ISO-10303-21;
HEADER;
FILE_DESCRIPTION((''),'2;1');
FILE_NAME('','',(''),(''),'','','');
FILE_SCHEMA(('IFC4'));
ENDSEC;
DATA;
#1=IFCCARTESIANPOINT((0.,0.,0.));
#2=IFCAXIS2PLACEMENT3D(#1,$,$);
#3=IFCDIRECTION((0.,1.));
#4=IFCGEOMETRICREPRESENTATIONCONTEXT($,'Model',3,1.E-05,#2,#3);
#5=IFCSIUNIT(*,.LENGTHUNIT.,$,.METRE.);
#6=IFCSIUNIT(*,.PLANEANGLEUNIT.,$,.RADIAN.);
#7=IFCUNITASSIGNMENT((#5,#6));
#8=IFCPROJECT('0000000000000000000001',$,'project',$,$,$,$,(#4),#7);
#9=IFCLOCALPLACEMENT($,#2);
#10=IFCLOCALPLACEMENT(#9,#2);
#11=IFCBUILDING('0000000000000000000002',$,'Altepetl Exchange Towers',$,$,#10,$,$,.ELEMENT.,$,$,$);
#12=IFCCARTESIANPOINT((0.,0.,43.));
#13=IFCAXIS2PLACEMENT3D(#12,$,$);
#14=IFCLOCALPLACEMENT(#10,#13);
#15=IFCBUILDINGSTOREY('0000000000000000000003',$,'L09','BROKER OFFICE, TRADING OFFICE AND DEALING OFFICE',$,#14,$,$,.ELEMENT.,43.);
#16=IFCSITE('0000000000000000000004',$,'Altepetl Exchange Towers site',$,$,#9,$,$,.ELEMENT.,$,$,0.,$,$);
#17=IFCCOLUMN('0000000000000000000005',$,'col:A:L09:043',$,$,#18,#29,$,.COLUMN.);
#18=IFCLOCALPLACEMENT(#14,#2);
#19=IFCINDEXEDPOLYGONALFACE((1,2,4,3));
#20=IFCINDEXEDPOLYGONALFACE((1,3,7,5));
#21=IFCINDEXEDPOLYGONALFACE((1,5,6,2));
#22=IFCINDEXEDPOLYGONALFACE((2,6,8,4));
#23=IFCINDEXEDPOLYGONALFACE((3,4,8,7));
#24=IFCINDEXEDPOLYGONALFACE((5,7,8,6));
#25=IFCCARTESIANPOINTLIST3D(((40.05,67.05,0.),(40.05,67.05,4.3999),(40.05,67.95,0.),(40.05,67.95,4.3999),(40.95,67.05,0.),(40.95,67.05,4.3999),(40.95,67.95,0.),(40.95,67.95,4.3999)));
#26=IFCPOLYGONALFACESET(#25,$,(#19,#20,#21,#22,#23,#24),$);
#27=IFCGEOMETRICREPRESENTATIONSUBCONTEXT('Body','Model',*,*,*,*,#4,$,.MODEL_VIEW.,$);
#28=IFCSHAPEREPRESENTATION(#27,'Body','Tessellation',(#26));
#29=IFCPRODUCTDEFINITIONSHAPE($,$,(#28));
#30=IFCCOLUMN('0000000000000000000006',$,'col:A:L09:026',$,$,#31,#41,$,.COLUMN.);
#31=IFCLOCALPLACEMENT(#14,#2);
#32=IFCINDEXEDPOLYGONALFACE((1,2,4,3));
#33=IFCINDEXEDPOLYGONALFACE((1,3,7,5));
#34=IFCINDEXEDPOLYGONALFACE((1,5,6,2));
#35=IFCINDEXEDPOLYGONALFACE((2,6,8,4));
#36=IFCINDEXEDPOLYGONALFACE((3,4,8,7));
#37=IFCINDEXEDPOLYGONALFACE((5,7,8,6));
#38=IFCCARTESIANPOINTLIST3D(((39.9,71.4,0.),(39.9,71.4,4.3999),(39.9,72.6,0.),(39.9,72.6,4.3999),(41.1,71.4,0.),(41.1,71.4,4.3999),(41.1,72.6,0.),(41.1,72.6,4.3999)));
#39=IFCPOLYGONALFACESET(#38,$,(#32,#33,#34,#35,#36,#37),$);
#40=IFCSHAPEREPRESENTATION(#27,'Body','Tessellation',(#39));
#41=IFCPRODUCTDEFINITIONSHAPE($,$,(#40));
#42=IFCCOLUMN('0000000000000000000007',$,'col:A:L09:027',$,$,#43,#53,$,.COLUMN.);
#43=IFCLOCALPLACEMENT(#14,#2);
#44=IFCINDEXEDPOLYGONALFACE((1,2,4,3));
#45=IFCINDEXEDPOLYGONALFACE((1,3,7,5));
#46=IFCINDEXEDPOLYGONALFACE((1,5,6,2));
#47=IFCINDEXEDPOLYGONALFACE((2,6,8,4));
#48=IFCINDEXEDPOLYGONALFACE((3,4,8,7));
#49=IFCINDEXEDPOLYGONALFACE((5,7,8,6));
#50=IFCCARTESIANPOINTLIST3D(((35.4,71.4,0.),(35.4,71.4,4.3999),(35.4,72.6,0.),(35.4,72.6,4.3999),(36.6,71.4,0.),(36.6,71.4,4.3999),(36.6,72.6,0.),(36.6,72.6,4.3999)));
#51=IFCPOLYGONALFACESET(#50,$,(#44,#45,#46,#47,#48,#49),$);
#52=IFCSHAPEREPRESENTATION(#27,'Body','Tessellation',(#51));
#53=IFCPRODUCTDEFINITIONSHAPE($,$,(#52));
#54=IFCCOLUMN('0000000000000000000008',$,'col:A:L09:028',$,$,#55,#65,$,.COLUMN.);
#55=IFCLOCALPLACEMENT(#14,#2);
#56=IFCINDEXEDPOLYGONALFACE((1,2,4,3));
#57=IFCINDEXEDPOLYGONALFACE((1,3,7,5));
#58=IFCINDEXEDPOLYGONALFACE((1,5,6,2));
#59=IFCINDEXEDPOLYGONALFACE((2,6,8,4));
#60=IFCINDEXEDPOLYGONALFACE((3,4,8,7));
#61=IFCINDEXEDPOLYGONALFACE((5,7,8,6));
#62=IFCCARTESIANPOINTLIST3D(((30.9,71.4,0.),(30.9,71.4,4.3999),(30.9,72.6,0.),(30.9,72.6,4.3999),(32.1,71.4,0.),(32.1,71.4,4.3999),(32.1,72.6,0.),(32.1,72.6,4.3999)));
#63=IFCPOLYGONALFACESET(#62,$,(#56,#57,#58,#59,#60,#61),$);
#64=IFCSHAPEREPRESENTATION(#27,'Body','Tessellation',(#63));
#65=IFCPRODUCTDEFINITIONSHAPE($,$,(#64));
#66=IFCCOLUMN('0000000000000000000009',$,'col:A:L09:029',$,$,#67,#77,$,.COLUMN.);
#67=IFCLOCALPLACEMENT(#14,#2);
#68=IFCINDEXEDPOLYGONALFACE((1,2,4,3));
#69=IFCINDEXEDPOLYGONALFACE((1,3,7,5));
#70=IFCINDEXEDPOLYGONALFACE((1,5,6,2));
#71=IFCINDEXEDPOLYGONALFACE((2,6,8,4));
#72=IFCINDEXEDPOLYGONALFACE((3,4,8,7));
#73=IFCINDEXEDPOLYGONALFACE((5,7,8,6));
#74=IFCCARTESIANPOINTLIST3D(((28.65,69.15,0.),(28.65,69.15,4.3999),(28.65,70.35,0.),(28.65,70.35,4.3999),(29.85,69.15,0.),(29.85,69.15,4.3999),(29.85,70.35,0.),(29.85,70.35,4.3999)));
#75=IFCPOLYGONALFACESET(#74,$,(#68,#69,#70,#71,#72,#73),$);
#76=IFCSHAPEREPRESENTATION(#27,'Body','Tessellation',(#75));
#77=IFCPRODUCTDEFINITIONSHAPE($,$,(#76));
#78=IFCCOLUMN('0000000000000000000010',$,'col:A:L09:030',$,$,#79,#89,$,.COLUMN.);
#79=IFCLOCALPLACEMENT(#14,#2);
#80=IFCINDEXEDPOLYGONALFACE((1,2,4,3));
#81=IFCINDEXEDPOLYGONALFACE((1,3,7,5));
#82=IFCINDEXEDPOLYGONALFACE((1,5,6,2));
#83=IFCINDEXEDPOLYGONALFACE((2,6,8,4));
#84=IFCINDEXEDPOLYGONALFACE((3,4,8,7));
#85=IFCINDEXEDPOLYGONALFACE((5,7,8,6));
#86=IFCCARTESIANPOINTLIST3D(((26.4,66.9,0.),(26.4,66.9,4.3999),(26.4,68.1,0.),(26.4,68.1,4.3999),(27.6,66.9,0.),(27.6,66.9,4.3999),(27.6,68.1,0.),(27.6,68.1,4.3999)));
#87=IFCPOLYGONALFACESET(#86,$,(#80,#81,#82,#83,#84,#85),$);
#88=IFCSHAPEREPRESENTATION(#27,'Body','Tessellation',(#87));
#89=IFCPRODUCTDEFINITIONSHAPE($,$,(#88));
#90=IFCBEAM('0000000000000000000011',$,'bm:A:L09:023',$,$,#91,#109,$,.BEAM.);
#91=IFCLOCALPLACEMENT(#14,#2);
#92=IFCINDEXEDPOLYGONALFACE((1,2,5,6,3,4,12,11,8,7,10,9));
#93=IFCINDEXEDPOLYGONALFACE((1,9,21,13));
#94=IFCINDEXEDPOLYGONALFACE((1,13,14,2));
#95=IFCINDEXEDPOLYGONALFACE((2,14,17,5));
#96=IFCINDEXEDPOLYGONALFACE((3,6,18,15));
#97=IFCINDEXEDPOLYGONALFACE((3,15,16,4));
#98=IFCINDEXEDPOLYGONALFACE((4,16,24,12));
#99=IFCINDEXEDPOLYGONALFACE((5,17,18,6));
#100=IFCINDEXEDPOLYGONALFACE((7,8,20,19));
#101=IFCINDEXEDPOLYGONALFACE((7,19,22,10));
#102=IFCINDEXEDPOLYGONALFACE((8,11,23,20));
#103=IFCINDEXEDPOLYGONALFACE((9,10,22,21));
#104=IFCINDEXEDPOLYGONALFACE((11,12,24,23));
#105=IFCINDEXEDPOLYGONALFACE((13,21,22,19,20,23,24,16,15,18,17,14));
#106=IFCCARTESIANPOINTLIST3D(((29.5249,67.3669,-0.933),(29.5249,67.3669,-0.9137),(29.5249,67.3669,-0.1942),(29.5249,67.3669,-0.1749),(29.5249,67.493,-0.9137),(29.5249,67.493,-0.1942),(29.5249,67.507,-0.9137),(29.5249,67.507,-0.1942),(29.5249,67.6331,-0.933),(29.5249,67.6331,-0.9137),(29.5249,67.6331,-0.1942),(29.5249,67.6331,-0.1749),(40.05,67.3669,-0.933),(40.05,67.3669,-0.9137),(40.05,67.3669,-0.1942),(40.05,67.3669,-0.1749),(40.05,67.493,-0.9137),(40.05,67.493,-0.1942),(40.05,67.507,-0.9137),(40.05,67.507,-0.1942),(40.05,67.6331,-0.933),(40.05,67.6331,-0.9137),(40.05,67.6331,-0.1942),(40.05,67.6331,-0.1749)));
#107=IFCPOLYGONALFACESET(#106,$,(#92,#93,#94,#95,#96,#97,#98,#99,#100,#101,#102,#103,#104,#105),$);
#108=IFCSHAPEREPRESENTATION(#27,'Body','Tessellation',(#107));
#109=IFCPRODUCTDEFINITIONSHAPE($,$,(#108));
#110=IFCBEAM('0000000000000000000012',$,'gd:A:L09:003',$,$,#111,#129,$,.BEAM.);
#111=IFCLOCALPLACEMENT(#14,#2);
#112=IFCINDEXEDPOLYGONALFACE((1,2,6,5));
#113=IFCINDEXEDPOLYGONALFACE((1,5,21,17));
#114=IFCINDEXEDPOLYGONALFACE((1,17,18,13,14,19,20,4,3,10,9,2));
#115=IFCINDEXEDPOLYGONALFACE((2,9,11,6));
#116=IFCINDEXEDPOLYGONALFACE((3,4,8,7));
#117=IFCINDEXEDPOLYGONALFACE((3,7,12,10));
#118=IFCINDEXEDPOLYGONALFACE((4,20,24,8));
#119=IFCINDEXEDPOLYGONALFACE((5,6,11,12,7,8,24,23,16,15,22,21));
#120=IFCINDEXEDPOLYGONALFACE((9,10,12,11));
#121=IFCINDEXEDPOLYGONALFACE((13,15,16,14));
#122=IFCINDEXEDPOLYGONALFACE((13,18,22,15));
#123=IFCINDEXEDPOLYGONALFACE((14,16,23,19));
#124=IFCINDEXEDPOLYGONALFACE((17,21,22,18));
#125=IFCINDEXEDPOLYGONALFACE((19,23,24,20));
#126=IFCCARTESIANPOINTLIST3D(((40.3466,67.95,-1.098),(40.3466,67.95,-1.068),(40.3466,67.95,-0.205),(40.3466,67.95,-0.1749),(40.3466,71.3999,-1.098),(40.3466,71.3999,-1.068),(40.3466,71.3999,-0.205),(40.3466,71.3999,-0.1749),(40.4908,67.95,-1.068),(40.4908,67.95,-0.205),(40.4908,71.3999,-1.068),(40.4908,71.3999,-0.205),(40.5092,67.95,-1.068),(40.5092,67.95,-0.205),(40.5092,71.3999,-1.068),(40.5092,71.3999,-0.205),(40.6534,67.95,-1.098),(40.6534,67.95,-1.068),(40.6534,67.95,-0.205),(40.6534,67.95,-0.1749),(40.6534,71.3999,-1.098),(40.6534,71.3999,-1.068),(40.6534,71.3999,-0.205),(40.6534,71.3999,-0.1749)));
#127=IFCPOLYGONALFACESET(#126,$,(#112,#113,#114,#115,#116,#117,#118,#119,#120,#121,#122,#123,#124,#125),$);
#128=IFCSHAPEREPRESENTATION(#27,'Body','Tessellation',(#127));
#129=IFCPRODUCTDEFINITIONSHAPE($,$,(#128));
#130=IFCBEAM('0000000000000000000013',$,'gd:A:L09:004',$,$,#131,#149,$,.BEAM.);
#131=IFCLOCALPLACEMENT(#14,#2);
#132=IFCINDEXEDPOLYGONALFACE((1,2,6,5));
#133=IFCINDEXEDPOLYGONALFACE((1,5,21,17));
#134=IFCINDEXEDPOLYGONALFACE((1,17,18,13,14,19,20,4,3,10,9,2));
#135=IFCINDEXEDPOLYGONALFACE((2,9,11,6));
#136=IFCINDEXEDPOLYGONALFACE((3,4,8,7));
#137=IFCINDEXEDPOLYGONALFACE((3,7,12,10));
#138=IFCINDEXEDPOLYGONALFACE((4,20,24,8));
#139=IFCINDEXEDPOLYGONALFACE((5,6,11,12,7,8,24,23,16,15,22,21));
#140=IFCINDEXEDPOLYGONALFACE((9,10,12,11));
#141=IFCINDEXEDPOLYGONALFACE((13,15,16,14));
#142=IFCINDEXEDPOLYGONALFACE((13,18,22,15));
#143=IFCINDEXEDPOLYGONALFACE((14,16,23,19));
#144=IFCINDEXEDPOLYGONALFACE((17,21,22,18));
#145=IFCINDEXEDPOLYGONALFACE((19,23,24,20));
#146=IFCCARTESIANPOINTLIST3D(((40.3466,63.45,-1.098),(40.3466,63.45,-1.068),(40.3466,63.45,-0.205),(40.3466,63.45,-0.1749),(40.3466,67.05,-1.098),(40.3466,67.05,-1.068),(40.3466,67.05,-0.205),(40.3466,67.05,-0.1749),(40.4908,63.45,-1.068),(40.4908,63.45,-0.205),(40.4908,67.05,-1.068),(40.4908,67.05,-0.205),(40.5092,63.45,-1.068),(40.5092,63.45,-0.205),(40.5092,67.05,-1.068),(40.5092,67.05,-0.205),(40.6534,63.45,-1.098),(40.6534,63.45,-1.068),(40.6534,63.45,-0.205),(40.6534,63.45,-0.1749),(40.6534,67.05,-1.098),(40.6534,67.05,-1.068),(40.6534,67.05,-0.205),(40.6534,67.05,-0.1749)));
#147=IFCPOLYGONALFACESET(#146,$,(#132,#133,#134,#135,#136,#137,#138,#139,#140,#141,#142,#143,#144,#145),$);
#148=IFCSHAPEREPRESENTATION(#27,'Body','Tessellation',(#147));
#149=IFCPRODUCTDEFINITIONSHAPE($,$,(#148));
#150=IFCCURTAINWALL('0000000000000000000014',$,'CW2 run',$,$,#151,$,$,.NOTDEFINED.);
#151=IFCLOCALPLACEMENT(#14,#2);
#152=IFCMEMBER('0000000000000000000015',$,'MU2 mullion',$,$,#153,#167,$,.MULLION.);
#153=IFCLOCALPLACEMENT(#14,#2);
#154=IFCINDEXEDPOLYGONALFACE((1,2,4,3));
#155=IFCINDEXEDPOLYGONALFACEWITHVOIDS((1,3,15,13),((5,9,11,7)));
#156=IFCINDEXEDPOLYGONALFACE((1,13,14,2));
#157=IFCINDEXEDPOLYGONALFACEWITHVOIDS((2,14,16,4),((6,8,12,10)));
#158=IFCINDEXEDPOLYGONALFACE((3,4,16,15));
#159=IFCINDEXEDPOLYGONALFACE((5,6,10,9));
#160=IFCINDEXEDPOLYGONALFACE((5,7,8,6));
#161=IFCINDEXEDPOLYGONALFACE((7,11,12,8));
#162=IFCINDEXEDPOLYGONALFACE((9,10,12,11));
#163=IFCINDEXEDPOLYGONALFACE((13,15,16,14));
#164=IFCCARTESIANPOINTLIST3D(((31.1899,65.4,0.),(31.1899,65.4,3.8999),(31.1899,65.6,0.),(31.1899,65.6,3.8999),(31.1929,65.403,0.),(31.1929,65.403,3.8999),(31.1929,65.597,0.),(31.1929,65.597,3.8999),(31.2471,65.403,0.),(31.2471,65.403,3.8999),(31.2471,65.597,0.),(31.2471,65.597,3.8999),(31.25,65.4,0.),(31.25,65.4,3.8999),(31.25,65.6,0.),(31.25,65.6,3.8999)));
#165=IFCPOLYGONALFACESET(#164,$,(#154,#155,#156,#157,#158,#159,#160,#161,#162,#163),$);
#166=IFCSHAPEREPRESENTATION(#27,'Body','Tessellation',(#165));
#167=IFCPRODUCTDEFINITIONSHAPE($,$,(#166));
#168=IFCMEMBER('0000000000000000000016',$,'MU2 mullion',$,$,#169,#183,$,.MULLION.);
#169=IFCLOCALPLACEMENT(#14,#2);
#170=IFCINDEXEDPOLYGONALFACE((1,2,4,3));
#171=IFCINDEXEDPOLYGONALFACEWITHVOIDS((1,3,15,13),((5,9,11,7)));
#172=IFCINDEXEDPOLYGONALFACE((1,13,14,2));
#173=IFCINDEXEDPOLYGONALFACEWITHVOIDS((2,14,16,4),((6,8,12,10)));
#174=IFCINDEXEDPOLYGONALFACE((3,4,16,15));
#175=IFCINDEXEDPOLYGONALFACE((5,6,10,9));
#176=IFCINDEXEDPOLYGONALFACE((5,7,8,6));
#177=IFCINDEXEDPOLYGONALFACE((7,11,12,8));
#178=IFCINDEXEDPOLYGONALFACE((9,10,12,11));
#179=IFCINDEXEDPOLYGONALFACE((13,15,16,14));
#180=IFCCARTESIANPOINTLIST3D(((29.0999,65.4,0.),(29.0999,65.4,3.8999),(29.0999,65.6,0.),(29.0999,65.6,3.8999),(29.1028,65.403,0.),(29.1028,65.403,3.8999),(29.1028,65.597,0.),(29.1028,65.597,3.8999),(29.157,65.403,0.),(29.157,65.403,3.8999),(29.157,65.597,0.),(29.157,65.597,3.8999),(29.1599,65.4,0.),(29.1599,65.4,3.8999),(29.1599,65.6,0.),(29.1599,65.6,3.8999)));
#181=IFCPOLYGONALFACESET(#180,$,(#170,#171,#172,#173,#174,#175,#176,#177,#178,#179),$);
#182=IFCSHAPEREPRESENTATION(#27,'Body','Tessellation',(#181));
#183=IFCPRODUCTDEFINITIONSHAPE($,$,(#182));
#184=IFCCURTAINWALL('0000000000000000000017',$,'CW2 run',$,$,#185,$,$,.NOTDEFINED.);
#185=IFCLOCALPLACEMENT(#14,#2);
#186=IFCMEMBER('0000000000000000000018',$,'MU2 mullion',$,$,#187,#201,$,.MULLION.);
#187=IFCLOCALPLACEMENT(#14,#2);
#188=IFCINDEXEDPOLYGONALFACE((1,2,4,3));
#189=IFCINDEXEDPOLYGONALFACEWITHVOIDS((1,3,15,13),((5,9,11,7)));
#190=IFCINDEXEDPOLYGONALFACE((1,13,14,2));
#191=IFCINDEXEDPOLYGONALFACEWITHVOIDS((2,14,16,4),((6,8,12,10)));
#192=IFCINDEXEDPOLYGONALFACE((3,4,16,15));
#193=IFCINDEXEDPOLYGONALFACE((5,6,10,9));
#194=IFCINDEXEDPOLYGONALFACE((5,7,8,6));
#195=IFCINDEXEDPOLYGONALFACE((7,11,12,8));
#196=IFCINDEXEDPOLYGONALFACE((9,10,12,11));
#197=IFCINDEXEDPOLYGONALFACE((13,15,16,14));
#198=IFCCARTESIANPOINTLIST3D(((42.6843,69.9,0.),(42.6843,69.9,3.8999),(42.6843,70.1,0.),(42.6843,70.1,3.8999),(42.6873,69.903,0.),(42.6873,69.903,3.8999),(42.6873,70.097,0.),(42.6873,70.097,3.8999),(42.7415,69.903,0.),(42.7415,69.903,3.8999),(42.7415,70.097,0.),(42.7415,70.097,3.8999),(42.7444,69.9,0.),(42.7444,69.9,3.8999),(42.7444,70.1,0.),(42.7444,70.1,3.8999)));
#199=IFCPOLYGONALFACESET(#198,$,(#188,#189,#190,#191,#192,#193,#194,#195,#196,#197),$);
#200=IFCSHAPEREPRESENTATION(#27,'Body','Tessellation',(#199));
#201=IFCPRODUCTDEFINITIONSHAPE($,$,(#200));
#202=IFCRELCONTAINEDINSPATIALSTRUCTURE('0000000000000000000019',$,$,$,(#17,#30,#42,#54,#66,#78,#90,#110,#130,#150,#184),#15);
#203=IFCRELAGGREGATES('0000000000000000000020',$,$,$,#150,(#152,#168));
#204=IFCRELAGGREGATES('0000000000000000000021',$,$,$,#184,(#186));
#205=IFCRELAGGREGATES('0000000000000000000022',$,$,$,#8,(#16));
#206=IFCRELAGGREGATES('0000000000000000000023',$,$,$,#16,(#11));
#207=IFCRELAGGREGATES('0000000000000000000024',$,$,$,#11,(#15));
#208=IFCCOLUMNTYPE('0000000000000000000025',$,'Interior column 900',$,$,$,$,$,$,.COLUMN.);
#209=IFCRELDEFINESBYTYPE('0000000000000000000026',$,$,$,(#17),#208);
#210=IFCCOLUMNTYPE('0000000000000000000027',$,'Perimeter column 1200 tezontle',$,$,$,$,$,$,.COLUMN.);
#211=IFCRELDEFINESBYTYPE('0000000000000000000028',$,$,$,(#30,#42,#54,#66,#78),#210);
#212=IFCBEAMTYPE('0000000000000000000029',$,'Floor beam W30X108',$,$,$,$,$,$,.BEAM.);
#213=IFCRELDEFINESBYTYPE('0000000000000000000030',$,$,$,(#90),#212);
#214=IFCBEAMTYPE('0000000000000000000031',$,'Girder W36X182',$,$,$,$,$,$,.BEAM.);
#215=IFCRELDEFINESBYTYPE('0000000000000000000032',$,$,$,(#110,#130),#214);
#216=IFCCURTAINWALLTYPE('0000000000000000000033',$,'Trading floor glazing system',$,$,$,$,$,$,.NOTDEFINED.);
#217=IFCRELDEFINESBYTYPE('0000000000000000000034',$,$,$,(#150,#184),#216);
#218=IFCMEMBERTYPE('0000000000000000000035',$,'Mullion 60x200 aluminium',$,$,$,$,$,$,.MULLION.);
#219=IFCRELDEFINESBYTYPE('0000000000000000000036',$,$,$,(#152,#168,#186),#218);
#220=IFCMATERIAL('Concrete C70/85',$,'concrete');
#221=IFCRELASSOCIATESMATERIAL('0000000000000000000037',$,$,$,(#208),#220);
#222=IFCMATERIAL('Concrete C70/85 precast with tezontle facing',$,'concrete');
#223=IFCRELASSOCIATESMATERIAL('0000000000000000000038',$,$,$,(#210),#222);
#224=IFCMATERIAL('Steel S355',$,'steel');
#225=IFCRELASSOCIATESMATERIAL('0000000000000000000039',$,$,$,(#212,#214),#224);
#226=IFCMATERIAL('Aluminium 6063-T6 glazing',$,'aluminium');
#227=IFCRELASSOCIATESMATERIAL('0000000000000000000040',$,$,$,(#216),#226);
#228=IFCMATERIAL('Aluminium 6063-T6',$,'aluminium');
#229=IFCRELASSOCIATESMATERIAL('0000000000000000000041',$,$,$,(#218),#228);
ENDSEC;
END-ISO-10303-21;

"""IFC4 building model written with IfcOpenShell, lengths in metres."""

from ifc_helpers import new_model, si_unit, direction, frame, origin, origin_2d, place, context, subcontext, project, spatial, rectangle, hollow_rectangle, i_section, extrude, material, material_profile, profile_set, type_object, element, aggregate, save


model = new_model("IFC4")

# Units and contexts
model_context = context("Model", 3, precision=1e-05, world=origin(), true_north=direction((0.0, 1.0)))
body_context = subcontext(model_context, "Body", "Model", "MODEL_VIEW")
ifc_project = project(units=[si_unit("LENGTHUNIT", "METRE"), si_unit("PLANEANGLEUNIT", "RADIAN")], contexts=[model_context])

# Site, building, storey
site_placement = place(None, origin())
site = spatial("IfcSite", under=ifc_project, at=site_placement, Name="Altepetl Exchange Towers site", CompositionType="ELEMENT", RefElevation=0.0)
building_placement = place(site_placement, origin())
building = spatial("IfcBuilding", under=site, at=building_placement, Name="Altepetl Exchange Towers", CompositionType="ELEMENT")
storey_placement = place(building_placement, frame((0.0, 0.0, 43.0)))
storey = spatial("IfcBuildingStorey", under=building, at=storey_placement, Name="L09", Description="BROKER OFFICE, TRADING OFFICE AND DEALING OFFICE", CompositionType="ELEMENT", Elevation=43.0)

# Columns
ifc_material_1 = material(Name="Concrete C70/85", Category="concrete")
ifc_material_profile_1 = material_profile(ifc_material_1, rectangle(XDim=0.8999, YDim=0.8999, at=origin_2d()), Name="900 x 900")
ifc_profile_set_1 = profile_set([ifc_material_profile_1], Name="Concrete C70/85")
column_type_1 = type_object("IfcColumnType", Name="Interior column 900", PredefinedType="COLUMN", material=ifc_profile_set_1)
column_placement = place(storey_placement, frame((40.5, 67.5, 0.0)))
element("IfcColumn", 1, at=column_placement, inside=storey, type_object=column_type_1, Name="col:A:L09:043", PredefinedType="COLUMN", context=body_context, shape_type="SweptSolid", body=[
    extrude(rectangle(XDim=0.8999, YDim=0.8999, at=origin_2d()), origin(), (0.0, 0.0, 1.0), 4.3999),
])
ifc_material_2 = material(Name="Concrete C70/85 precast with tezontle facing", Category="concrete")
ifc_material_profile_2 = material_profile(ifc_material_2, rectangle(XDim=1.2, YDim=1.2, at=origin_2d()), Name="1200 x 1200")
ifc_profile_set_2 = profile_set([ifc_material_profile_2], Name="Concrete C70/85 precast with tezontle facing")
column_type_2 = type_object("IfcColumnType", Name="Perimeter column 1200 tezontle", PredefinedType="COLUMN", material=ifc_profile_set_2)
for number, where, name in (
    (2, (40.5, 72.0, 0.0), "col:A:L09:026"),
    (3, (36.0, 72.0, 0.0), "col:A:L09:027"),
    (4, (31.5, 72.0, 0.0), "col:A:L09:028"),
    (5, (29.25, 69.75, 0.0), "col:A:L09:029"),
    (6, (27.0, 67.5, 0.0), "col:A:L09:030"),
):
    element("IfcColumn", number, at=place(storey_placement, frame(where)), inside=storey, type_object=column_type_2, Name=name, PredefinedType="COLUMN", context=body_context, shape_type="SweptSolid", body=[
        extrude(rectangle(XDim=1.2, YDim=1.2, at=origin_2d()), origin(), (0.0, 0.0, 1.0), 4.3999),
    ])

# Beams
ifc_material_3 = material(Name="Steel S355", Category="steel")
ifc_material_profile_3 = material_profile(ifc_material_3, i_section(OverallWidth=0.2661, OverallDepth=0.7581, WebThickness=0.0139, FlangeThickness=0.0193, at=origin_2d()), Name="W30X108")
ifc_profile_set_3 = profile_set([ifc_material_profile_3], Name="Steel S355")
beam_type_1 = type_object("IfcBeamType", Name="Floor beam W30X108", PredefinedType="BEAM", material=ifc_profile_set_3)
beam_1_placement = place(storey_placement, frame((29.5249, 67.5, -0.554), z_axis=(1.0, 0.0, 0.0), x_axis=(0.0, 1.0, 0.0)))
element("IfcBeam", 7, at=beam_1_placement, inside=storey, type_object=beam_type_1, Name="bm:A:L09:023", PredefinedType="BEAM", context=body_context, shape_type="SweptSolid", body=[
    extrude(i_section(OverallWidth=0.2661, OverallDepth=0.7581, WebThickness=0.0139, FlangeThickness=0.0193, at=origin_2d()), origin(), (0.0, 0.0, 1.0), 10.5251),
])
ifc_material_profile_4 = material_profile(ifc_material_3, i_section(OverallWidth=0.3069, OverallDepth=0.9231, WebThickness=0.0183, FlangeThickness=0.03, at=origin_2d()), Name="W36X182")
ifc_profile_set_4 = profile_set([ifc_material_profile_4], Name="Steel S355")
beam_type_2 = type_object("IfcBeamType", Name="Girder W36X182", PredefinedType="BEAM", material=ifc_profile_set_4)
beam_2_placement = place(storey_placement, frame((40.5, 71.3999, -0.6365), z_axis=(0.0, -1.0, 0.0), x_axis=(1.0, 0.0, 0.0)))
element("IfcBeam", 8, at=beam_2_placement, inside=storey, type_object=beam_type_2, Name="gd:A:L09:003", PredefinedType="BEAM", context=body_context, shape_type="SweptSolid", body=[
    extrude(i_section(OverallWidth=0.3069, OverallDepth=0.9231, WebThickness=0.0183, FlangeThickness=0.03, at=origin_2d()), origin(), (0.0, 0.0, 1.0), 3.45),
])
beam_3_placement = place(storey_placement, frame((40.5, 67.05, -0.6365), z_axis=(0.0, -1.0, 0.0), x_axis=(1.0, 0.0, 0.0)))
element("IfcBeam", 9, at=beam_3_placement, inside=storey, type_object=beam_type_2, Name="gd:A:L09:004", PredefinedType="BEAM", context=body_context, shape_type="SweptSolid", body=[
    extrude(i_section(OverallWidth=0.3069, OverallDepth=0.9231, WebThickness=0.0183, FlangeThickness=0.03, at=origin_2d()), origin(), (0.0, 0.0, 1.0), 3.6001),
])

# Curtain walls, members
ifc_material_4 = material(Name="Aluminium 6063-T6 glazing", Category="aluminium")
curtain_wall_type = type_object("IfcCurtainWallType", Name="Trading floor glazing system", PredefinedType="NOTDEFINED", material=ifc_material_4)
curtain_wall_1_placement = place(storey_placement, origin())
curtain_wall_1 = element("IfcCurtainWall", 10, at=curtain_wall_1_placement, inside=storey, type_object=curtain_wall_type, Name="CW2 run", PredefinedType="NOTDEFINED")
ifc_material_5 = material(Name="Aluminium 6063-T6", Category="aluminium")
ifc_material_profile_5 = material_profile(ifc_material_5, hollow_rectangle(XDim=0.0601, YDim=0.2, WallThickness=0.0029, at=origin_2d()), Name="Mullion 60x200 aluminium")
ifc_profile_set_5 = profile_set([ifc_material_profile_5], Name="Aluminium 6063-T6")
member_type = type_object("IfcMemberType", Name="Mullion 60x200 aluminium", PredefinedType="MULLION", material=ifc_profile_set_5)
member_1_placement = place(storey_placement, frame((31.22, 65.5, 0.0), z_axis=(0.0, 0.0, 1.0), x_axis=(-1.0, 0.0, 0.0)))
member_1 = element("IfcMember", 11, at=member_1_placement, type_object=member_type, Name="MU2 mullion", PredefinedType="MULLION", context=body_context, shape_type="SweptSolid", body=[
    extrude(hollow_rectangle(XDim=0.0601, YDim=0.2, WallThickness=0.0029, at=origin_2d()), origin(), (0.0, 0.0, 1.0), 3.8999),
])
member_2_placement = place(storey_placement, frame((29.1299, 65.5, 0.0), z_axis=(0.0, 0.0, 1.0), x_axis=(-1.0, 0.0, 0.0)))
member_2 = element("IfcMember", 12, at=member_2_placement, type_object=member_type, Name="MU2 mullion", PredefinedType="MULLION", context=body_context, shape_type="SweptSolid", body=[
    extrude(hollow_rectangle(XDim=0.0601, YDim=0.2, WallThickness=0.0029, at=origin_2d()), origin(), (0.0, 0.0, 1.0), 3.8999),
])
curtain_wall_2_placement = place(storey_placement, origin())
curtain_wall_2 = element("IfcCurtainWall", 13, at=curtain_wall_2_placement, inside=storey, type_object=curtain_wall_type, Name="CW2 run", PredefinedType="NOTDEFINED")
member_3_placement = place(storey_placement, frame((42.7144, 70.0, 0.0), z_axis=(0.0, 0.0, 1.0), x_axis=(-1.0, 0.0, 0.0)))
member_3 = element("IfcMember", 14, at=member_3_placement, type_object=member_type, Name="MU2 mullion", PredefinedType="MULLION", context=body_context, shape_type="SweptSolid", body=[
    extrude(hollow_rectangle(XDim=0.0601, YDim=0.2, WallThickness=0.0029, at=origin_2d()), origin(), (0.0, 0.0, 1.0), 3.8999),
])

aggregate(curtain_wall_1, [member_1, member_2])
aggregate(curtain_wall_2, [member_3])

save(model, "model.ifc")
